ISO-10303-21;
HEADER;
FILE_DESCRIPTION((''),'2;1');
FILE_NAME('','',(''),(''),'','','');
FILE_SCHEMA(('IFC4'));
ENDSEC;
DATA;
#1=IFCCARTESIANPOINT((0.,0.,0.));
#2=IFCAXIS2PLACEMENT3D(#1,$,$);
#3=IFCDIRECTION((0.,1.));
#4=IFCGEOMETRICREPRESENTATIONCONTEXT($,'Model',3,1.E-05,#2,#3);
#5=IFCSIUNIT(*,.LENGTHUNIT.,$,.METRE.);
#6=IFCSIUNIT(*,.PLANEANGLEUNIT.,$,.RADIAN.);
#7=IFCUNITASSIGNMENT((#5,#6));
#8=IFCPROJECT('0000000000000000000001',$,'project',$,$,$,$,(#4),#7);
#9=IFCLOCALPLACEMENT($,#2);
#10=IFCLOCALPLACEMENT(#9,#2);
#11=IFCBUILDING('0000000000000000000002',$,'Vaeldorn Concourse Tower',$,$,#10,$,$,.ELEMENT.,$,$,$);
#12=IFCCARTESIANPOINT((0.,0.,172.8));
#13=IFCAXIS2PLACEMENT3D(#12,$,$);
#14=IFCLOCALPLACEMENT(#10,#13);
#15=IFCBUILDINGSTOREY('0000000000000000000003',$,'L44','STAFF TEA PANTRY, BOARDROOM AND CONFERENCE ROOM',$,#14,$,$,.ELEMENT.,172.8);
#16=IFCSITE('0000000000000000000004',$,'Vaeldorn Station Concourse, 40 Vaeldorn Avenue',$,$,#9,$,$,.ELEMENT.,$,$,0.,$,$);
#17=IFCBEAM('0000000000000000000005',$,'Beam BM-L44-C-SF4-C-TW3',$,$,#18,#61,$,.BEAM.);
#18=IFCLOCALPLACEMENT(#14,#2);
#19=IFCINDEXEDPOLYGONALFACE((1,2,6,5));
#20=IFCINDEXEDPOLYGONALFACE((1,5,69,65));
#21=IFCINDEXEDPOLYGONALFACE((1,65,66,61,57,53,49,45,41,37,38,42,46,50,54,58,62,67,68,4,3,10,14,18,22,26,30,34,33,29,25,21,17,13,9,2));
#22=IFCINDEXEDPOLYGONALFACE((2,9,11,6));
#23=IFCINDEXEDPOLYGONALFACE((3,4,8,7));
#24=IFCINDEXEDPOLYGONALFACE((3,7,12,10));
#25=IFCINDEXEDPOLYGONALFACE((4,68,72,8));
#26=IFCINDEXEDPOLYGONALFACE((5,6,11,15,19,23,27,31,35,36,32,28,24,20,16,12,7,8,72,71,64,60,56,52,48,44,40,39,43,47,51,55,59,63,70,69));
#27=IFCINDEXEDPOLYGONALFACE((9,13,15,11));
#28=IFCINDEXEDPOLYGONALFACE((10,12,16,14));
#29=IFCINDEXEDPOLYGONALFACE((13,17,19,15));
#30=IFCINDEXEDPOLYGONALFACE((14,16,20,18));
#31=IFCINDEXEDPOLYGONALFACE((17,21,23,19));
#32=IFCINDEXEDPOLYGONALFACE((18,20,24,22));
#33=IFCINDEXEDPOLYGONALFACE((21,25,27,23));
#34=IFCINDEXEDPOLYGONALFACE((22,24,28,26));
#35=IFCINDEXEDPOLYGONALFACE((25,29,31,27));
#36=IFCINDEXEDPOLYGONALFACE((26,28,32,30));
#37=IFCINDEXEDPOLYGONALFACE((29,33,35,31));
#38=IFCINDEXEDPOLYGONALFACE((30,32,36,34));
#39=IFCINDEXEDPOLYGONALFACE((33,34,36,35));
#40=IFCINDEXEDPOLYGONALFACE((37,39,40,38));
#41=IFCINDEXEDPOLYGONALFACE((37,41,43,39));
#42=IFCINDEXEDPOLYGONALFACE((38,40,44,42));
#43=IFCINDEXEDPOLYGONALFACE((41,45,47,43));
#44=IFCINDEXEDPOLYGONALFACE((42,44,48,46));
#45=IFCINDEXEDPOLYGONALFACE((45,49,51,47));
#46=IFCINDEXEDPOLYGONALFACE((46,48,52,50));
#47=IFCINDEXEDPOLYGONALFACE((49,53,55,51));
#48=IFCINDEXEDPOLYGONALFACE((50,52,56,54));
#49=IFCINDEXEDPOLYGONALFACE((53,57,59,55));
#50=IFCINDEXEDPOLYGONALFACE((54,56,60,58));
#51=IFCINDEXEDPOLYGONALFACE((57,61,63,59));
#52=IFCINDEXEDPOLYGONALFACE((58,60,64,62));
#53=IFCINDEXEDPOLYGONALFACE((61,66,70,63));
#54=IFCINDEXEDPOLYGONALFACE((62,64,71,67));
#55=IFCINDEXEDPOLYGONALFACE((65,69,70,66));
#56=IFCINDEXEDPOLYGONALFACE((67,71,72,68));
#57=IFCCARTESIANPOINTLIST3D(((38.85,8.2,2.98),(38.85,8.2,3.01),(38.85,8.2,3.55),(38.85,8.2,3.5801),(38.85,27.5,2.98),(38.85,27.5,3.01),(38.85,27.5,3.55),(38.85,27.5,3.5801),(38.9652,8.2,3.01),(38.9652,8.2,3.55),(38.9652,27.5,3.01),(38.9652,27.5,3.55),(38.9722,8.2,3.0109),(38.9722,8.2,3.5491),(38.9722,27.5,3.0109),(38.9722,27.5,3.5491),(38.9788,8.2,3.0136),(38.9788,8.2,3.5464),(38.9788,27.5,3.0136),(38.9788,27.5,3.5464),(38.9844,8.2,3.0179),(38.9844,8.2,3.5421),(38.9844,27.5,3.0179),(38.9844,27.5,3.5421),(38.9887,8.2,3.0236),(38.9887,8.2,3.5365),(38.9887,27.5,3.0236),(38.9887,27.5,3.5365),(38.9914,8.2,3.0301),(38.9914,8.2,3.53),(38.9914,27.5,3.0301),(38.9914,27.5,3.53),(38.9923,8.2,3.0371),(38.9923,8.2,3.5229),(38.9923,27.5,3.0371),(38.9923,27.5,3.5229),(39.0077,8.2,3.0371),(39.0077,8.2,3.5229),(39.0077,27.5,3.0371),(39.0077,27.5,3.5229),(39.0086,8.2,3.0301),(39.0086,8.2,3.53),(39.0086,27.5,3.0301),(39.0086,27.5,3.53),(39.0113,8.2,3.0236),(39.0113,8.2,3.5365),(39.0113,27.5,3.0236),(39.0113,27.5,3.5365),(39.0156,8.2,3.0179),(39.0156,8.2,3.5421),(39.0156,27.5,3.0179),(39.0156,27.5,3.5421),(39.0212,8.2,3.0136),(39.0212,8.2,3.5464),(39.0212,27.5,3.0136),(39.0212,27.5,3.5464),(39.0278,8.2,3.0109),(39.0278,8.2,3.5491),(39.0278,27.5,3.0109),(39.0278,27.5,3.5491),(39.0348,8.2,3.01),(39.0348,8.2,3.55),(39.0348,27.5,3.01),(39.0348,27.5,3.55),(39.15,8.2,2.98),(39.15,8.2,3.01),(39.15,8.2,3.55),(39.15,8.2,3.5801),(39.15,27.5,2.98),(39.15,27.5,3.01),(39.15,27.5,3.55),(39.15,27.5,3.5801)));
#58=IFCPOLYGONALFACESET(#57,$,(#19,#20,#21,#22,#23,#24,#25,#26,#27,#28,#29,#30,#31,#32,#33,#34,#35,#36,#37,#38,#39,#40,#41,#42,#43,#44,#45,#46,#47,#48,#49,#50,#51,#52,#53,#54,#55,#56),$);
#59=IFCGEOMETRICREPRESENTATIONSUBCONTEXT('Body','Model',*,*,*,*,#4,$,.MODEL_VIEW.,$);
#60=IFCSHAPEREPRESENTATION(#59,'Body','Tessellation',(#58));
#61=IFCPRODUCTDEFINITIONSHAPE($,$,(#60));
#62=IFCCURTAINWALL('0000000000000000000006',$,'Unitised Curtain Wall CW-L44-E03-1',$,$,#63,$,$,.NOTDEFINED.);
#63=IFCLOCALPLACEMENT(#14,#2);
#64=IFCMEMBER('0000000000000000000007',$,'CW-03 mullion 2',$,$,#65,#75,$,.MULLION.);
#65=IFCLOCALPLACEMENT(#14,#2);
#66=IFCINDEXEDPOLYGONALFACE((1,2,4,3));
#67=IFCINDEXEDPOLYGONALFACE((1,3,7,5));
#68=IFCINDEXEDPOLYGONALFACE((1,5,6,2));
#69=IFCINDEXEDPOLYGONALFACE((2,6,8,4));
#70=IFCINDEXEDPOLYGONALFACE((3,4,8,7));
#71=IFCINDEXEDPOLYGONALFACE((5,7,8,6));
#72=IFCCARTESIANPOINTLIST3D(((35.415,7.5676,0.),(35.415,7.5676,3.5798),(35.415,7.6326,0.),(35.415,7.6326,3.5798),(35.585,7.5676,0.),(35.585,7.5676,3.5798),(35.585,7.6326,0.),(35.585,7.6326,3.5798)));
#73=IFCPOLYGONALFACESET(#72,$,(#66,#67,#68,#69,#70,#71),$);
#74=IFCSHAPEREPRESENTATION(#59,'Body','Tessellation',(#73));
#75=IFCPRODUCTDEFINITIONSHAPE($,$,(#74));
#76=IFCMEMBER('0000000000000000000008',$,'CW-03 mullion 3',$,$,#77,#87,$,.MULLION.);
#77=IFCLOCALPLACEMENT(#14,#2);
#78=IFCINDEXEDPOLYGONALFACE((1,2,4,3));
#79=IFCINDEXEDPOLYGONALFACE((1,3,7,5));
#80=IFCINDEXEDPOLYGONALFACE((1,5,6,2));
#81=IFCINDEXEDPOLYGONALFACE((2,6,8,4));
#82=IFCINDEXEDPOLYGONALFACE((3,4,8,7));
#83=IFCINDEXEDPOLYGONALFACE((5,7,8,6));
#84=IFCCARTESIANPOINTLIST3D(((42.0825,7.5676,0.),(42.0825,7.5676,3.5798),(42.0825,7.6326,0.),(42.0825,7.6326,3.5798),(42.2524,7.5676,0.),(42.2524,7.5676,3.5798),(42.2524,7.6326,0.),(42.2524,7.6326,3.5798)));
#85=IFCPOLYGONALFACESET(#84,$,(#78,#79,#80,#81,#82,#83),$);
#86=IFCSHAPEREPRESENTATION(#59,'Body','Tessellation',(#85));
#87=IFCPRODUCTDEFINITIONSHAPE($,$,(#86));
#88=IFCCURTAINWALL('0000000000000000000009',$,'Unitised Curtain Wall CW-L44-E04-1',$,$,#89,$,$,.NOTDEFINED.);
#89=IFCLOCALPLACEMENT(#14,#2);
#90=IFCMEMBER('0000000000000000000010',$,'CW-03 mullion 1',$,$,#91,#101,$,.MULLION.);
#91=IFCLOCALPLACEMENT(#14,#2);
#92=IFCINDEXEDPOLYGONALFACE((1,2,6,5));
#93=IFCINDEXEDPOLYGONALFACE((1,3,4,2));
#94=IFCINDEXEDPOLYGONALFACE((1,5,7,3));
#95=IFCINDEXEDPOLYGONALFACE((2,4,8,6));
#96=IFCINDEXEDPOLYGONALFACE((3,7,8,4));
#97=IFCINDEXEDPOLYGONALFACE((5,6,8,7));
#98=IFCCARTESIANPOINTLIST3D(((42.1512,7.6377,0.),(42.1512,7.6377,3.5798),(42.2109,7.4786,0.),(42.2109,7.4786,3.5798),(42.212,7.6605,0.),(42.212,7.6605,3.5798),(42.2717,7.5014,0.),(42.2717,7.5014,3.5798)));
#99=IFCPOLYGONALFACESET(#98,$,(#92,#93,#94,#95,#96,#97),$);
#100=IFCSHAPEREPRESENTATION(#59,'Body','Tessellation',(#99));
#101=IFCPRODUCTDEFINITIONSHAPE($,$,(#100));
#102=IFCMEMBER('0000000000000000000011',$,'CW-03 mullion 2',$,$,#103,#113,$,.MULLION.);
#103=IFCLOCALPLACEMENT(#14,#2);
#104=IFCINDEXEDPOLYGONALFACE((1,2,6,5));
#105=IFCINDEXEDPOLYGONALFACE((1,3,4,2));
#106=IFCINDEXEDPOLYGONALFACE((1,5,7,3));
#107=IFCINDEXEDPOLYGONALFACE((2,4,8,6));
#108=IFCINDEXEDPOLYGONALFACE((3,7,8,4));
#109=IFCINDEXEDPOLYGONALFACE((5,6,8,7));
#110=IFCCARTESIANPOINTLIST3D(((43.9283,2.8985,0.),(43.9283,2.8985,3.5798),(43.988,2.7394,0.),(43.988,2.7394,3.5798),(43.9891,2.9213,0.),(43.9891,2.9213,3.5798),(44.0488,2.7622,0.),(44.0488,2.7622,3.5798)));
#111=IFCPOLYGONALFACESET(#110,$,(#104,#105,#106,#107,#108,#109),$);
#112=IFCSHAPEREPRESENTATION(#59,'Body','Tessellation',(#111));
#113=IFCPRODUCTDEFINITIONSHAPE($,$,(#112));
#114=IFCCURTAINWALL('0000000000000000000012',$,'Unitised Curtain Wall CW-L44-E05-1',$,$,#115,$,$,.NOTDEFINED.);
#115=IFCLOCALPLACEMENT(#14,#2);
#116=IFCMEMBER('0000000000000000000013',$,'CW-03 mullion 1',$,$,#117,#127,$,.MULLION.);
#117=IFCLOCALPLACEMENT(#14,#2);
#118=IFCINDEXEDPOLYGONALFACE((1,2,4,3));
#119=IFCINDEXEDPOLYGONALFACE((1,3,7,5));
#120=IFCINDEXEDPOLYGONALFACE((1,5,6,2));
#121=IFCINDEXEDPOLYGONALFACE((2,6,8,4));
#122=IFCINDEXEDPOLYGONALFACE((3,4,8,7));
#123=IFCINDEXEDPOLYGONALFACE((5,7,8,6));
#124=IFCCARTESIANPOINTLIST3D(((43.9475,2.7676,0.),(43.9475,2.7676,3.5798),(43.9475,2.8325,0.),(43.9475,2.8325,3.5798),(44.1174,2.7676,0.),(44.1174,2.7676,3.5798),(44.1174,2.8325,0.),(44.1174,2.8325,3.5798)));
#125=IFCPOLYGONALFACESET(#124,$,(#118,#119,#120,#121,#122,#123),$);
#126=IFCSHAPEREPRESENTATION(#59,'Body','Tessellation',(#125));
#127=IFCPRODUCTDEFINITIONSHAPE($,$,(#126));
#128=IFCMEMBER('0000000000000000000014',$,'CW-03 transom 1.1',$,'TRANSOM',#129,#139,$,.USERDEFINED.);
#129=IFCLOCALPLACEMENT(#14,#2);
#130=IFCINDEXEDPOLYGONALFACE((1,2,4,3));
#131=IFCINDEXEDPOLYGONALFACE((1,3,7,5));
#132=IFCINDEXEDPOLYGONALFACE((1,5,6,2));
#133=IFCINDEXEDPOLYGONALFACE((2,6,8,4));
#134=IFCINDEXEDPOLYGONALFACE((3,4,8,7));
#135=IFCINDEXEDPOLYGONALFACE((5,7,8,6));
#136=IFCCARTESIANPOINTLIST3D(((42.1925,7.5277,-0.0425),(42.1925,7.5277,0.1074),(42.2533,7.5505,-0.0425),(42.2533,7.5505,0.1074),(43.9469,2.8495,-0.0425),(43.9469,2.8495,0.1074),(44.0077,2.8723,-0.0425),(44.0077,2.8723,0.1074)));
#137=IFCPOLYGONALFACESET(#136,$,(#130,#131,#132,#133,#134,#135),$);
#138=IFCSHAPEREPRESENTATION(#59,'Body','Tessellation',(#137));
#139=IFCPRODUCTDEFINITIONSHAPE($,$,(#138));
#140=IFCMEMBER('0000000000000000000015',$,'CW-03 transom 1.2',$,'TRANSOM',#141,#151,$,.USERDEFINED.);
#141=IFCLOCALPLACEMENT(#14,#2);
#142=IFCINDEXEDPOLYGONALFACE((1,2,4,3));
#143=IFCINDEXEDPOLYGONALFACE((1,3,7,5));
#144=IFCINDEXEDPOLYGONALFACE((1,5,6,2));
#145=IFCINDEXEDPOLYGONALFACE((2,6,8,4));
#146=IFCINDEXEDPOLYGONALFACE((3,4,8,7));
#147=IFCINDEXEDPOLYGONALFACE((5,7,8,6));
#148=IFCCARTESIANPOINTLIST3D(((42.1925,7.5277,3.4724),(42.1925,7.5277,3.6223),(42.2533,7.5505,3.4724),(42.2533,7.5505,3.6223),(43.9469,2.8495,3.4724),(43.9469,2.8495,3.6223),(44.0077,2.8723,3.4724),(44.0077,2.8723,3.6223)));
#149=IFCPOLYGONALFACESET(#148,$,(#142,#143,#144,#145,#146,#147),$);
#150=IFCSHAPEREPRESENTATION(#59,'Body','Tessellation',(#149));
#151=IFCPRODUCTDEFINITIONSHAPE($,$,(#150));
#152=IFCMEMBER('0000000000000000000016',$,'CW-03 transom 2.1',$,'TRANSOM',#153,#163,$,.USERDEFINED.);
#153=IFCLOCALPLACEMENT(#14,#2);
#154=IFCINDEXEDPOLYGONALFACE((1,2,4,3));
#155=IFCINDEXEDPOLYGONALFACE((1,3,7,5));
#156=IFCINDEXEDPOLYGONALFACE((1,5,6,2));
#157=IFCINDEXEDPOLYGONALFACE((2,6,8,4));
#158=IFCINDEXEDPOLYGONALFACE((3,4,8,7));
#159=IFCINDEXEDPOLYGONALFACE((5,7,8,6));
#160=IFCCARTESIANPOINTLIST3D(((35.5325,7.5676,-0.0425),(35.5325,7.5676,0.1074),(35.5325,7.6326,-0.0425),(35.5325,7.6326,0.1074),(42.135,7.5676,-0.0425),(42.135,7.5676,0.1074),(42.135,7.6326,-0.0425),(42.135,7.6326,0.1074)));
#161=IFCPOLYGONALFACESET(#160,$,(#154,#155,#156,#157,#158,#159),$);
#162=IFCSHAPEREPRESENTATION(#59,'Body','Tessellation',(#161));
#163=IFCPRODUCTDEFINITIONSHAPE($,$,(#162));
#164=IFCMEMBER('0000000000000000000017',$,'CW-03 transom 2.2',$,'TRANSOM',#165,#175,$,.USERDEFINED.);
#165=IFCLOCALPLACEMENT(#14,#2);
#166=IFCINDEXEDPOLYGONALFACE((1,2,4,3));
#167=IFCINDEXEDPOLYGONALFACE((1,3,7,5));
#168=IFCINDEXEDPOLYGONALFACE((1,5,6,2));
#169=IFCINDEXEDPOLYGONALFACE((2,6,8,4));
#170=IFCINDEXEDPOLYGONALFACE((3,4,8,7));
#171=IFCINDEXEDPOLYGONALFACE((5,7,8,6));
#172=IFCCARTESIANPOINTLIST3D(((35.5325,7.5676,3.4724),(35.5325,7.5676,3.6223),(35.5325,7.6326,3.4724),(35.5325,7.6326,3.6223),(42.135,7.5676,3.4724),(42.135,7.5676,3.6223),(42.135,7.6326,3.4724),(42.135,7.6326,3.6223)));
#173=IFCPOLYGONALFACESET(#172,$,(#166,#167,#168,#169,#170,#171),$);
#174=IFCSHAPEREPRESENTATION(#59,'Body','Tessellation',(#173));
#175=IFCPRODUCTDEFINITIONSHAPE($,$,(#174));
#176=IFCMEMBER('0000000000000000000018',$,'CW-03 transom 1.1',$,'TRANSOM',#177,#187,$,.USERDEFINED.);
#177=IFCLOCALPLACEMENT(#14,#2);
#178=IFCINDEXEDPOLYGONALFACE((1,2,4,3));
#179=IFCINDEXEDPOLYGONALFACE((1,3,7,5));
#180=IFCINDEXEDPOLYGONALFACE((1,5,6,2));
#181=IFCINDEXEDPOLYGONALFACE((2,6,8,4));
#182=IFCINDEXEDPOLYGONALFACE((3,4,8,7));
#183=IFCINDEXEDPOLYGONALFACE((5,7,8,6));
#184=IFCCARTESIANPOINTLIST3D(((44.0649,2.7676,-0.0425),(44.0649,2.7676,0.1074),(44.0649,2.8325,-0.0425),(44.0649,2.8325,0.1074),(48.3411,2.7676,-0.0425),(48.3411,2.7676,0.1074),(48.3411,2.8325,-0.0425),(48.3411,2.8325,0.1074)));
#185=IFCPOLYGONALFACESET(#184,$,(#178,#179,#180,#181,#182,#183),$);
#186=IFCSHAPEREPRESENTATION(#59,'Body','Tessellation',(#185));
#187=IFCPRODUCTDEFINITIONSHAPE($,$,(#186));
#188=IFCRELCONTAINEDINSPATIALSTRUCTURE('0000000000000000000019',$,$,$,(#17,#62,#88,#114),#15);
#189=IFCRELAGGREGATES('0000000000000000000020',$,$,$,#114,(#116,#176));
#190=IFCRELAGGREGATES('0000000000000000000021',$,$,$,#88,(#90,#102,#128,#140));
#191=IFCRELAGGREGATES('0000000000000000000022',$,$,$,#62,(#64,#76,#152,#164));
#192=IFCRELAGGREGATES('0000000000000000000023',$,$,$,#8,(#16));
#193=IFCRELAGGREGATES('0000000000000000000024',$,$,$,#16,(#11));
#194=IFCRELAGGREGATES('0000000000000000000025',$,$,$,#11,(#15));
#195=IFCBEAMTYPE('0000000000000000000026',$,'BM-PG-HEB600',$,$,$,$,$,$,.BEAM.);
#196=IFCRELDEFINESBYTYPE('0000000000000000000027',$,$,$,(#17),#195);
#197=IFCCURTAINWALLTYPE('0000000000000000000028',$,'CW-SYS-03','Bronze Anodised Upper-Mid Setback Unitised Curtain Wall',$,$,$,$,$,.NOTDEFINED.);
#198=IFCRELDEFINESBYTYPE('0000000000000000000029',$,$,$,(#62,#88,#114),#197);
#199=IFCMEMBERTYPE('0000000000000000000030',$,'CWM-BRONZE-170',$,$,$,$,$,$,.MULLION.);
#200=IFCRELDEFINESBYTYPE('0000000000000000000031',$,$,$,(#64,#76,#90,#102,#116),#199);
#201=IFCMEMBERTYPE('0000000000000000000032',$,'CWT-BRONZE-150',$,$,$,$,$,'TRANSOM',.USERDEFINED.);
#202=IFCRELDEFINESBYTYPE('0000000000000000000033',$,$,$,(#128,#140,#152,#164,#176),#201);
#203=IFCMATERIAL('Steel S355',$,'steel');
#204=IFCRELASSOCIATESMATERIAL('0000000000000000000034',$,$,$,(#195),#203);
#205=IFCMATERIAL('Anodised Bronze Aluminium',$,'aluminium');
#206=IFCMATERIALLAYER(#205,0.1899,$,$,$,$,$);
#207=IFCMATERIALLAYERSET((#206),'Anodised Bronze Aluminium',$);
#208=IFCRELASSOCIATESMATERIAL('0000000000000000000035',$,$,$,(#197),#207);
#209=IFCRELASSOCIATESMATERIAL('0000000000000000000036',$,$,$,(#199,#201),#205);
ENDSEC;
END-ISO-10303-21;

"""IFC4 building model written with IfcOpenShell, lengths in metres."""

from ifc_helpers import new_model, si_unit, direction, frame, origin, origin_2d, place, context, subcontext, project, spatial, rectangle, i_section, extrude, source, transform, mapped, material, layer, layer_set, material_profile, profile_set, type_object, element, aggregate, save


model = new_model("IFC4")

# Units and contexts
model_context = context("Model", 3, precision=1e-05, world=origin(), true_north=direction((0.0, 1.0)))
body_context = subcontext(model_context, "Body", "Model", "MODEL_VIEW")
ifc_project = project(units=[si_unit("LENGTHUNIT", "METRE"), si_unit("PLANEANGLEUNIT", "RADIAN")], contexts=[model_context])

# Site, building, storey
site_placement = place(None, origin())
site = spatial("IfcSite", under=ifc_project, at=site_placement, Name="Vaeldorn Station Concourse, 40 Vaeldorn Avenue", CompositionType="ELEMENT", RefElevation=0.0)
building_placement = place(site_placement, origin())
building = spatial("IfcBuilding", under=site, at=building_placement, Name="Vaeldorn Concourse Tower", CompositionType="ELEMENT")
storey_placement = place(building_placement, frame((0.0, 0.0, 172.8)))
storey = spatial("IfcBuildingStorey", under=building, at=storey_placement, Name="L44", Description="STAFF TEA PANTRY, BOARDROOM AND CONFERENCE ROOM", CompositionType="ELEMENT", Elevation=172.8)

# Shared definitions
ifc_material_1 = material(Name="Steel S355", Category="steel")

# Beam
ifc_material_profile_1 = material_profile(ifc_material_1, i_section(OverallWidth=0.3, OverallDepth=0.6001, WebThickness=0.0154, FlangeThickness=0.03, FilletRadius=0.0271, at=origin_2d()), Name="HEB 600")
ifc_profile_set_1 = profile_set([ifc_material_profile_1], Name="Steel S355")
beam_type_1 = type_object("IfcBeamType", Name="BM-PG-HEB600", PredefinedType="BEAM", material=ifc_profile_set_1)
shared_shape_1 = source(origin(), body_context, "Body", "SweptSolid", [
    extrude(i_section(OverallWidth=0.3, OverallDepth=0.6001, WebThickness=0.0154, FlangeThickness=0.03, FilletRadius=0.0271, at=origin_2d()), origin(), (0.0, 0.0, 1.0), 19.3),
])
beam_1_placement = place(storey_placement, frame((39.0, 8.2, 3.28), z_axis=(0.0, 1.0, 0.0), x_axis=(-1.0, 0.0, 0.0)))
element("IfcBeam", 1, at=beam_1_placement, inside=storey, type_object=beam_type_1, Name="Beam BM-L44-C-SF4-C-TW3", PredefinedType="BEAM", context=body_context, shape_type="MappedRepresentation", body=[
    mapped(shared_shape_1, transform((0.0, 0.0, 0.0), scale=1.0)),
])

# Curtain walls, members
ifc_material_2 = material(Name="Anodised Bronze Aluminium", Category="aluminium")
ifc_layer_1 = layer(ifc_material_2, 0.1899)
ifc_layer_set_1 = layer_set([ifc_layer_1], Name="Anodised Bronze Aluminium")
curtain_wall_type = type_object("IfcCurtainWallType", Name="CW-SYS-03", Description="Bronze Anodised Upper-Mid Setback Unitised Curtain Wall", PredefinedType="NOTDEFINED", material=ifc_layer_set_1)
curtain_wall_1_placement = place(storey_placement, origin())
curtain_wall_1 = element("IfcCurtainWall", 2, at=curtain_wall_1_placement, inside=storey, type_object=curtain_wall_type, Name="Unitised Curtain Wall CW-L44-E03-1", PredefinedType="NOTDEFINED")
ifc_material_profile_2 = material_profile(ifc_material_2, rectangle(XDim=0.0649, YDim=0.1699, at=origin_2d()), Name="CWM 65x170")
ifc_profile_set_2 = profile_set([ifc_material_profile_2], Name="Anodised Bronze Aluminium")
member_type_1 = type_object("IfcMemberType", Name="CWM-BRONZE-170", PredefinedType="MULLION", material=ifc_profile_set_2)
shared_shape_2 = source(origin(), body_context, "Body", "SweptSolid", [
    extrude(rectangle(XDim=0.0649, YDim=0.1699, at=origin_2d()), origin(), (0.0, 0.0, 1.0), 3.5798),
])
member_1_placement = place(storey_placement, frame((35.5, 7.6001, 0.0), z_axis=(0.0, 0.0, 1.0), x_axis=(0.0, 1.0, 0.0)))
member_1 = element("IfcMember", 3, at=member_1_placement, type_object=member_type_1, Name="CW-03 mullion 2", PredefinedType="MULLION", context=body_context, shape_type="MappedRepresentation", body=[
    mapped(shared_shape_2, transform((0.0, 0.0, 0.0), scale=1.0)),
])
member_2_placement = place(storey_placement, frame((42.1675, 7.6001, 0.0), z_axis=(0.0, 0.0, 1.0), x_axis=(0.0, 1.0, 0.0)))
member_2 = element("IfcMember", 4, at=member_2_placement, type_object=member_type_1, Name="CW-03 mullion 3", PredefinedType="MULLION", context=body_context, shape_type="MappedRepresentation", body=[
    mapped(shared_shape_2, transform((0.0, 0.0, 0.0), scale=1.0)),
])
curtain_wall_2_placement = place(storey_placement, origin())
curtain_wall_2 = element("IfcCurtainWall", 5, at=curtain_wall_2_placement, inside=storey, type_object=curtain_wall_type, Name="Unitised Curtain Wall CW-L44-E04-1", PredefinedType="NOTDEFINED")
member_3_placement = place(storey_placement, frame((42.2114, 7.5696, 0.0), z_axis=(0.0, 0.0, 1.0), x_axis=(0.936329, 0.351123, 0.0)))
member_3 = element("IfcMember", 6, at=member_3_placement, type_object=member_type_1, Name="CW-03 mullion 1", PredefinedType="MULLION", context=body_context, shape_type="MappedRepresentation", body=[
    mapped(shared_shape_2, transform((0.0, 0.0, 0.0), scale=1.0)),
])
member_4_placement = place(storey_placement, frame((43.9885, 2.8303, 0.0), z_axis=(0.0, 0.0, 1.0), x_axis=(0.936329, 0.351123, 0.0)))
member_4 = element("IfcMember", 7, at=member_4_placement, type_object=member_type_1, Name="CW-03 mullion 2", PredefinedType="MULLION", context=body_context, shape_type="MappedRepresentation", body=[
    mapped(shared_shape_2, transform((0.0, 0.0, 0.0), scale=1.0)),
])

# Curtain wall, member
curtain_wall_3_placement = place(storey_placement, origin())
curtain_wall_3 = element("IfcCurtainWall", 8, at=curtain_wall_3_placement, inside=storey, type_object=curtain_wall_type, Name="Unitised Curtain Wall CW-L44-E05-1", PredefinedType="NOTDEFINED")
member_5_placement = place(storey_placement, frame((44.0325, 2.8, 0.0), z_axis=(0.0, 0.0, 1.0), x_axis=(0.0, 1.0, 0.0)))
member_5 = element("IfcMember", 9, at=member_5_placement, type_object=member_type_1, Name="CW-03 mullion 1", PredefinedType="MULLION", context=body_context, shape_type="MappedRepresentation", body=[
    mapped(shared_shape_2, transform((0.0, 0.0, 0.0), scale=1.0)),
])

# Members
ifc_material_profile_3 = material_profile(ifc_material_2, rectangle(XDim=0.0649, YDim=0.1499, at=origin_2d()), Name="CWT 65x150")
ifc_profile_set_3 = profile_set([ifc_material_profile_3], Name="Anodised Bronze Aluminium")
member_type_2 = type_object("IfcMemberType", Name="CWT-BRONZE-150", ElementType="TRANSOM", PredefinedType="USERDEFINED", material=ifc_profile_set_3)
shared_shape_3 = source(origin(), body_context, "Body", "SweptSolid", [
    extrude(rectangle(XDim=0.0649, YDim=0.1499, at=origin_2d()), origin(), (0.0, 0.0, 1.0), 4.9963),
])
member_6_placement = place(storey_placement, frame((42.2229, 7.5391, 0.0325), z_axis=(0.351134, -0.936325, 0.0), x_axis=(0.936325, 0.351134, 0.0)))
member_6 = element("IfcMember", 10, at=member_6_placement, type_object=member_type_2, Name="CW-03 transom 1.1", ObjectType="TRANSOM", PredefinedType="USERDEFINED", context=body_context, shape_type="MappedRepresentation", body=[
    mapped(shared_shape_3, transform((0.0, 0.0, 0.0), scale=1.0)),
])
member_7_placement = place(storey_placement, frame((42.2229, 7.5391, 3.5474), z_axis=(0.351134, -0.936325, 0.0), x_axis=(0.936325, 0.351134, 0.0)))
member_7 = element("IfcMember", 11, at=member_7_placement, type_object=member_type_2, Name="CW-03 transom 1.2", ObjectType="TRANSOM", PredefinedType="USERDEFINED", context=body_context, shape_type="MappedRepresentation", body=[
    mapped(shared_shape_3, transform((0.0, 0.0, 0.0), scale=1.0)),
])
shared_shape_4 = source(origin(), body_context, "Body", "SweptSolid", [
    extrude(rectangle(XDim=0.0649, YDim=0.1499, at=origin_2d()), origin(), (0.0, 0.0, 1.0), 6.6025),
])
member_8_placement = place(storey_placement, frame((35.5325, 7.6001, 0.0325), z_axis=(1.0, 0.0, 0.0), x_axis=(0.0, 1.0, 0.0)))
member_8 = element("IfcMember", 12, at=member_8_placement, type_object=member_type_2, Name="CW-03 transom 2.1", ObjectType="TRANSOM", PredefinedType="USERDEFINED", context=body_context, shape_type="MappedRepresentation", body=[
    mapped(shared_shape_4, transform((0.0, 0.0, 0.0), scale=1.0)),
])
member_9_placement = place(storey_placement, frame((35.5325, 7.6001, 3.5474), z_axis=(1.0, 0.0, 0.0), x_axis=(0.0, 1.0, 0.0)))
member_9 = element("IfcMember", 13, at=member_9_placement, type_object=member_type_2, Name="CW-03 transom 2.2", ObjectType="TRANSOM", PredefinedType="USERDEFINED", context=body_context, shape_type="MappedRepresentation", body=[
    mapped(shared_shape_4, transform((0.0, 0.0, 0.0), scale=1.0)),
])
shared_shape_5 = source(origin(), body_context, "Body", "SweptSolid", [
    extrude(rectangle(XDim=0.0649, YDim=0.1499, at=origin_2d()), origin(), (0.0, 0.0, 1.0), 4.2761),
])
member_10_placement = place(storey_placement, frame((44.0649, 2.8, 0.0325), z_axis=(1.0, 0.0, 0.0), x_axis=(0.0, 1.0, 0.0)))
member_10 = element("IfcMember", 14, at=member_10_placement, type_object=member_type_2, Name="CW-03 transom 1.1", ObjectType="TRANSOM", PredefinedType="USERDEFINED", context=body_context, shape_type="MappedRepresentation", body=[
    mapped(shared_shape_5, transform((0.0, 0.0, 0.0), scale=1.0)),
])
aggregate(curtain_wall_3, [member_5, member_10])

aggregate(curtain_wall_2, [member_3, member_4, member_6, member_7])
aggregate(curtain_wall_1, [member_1, member_2, member_8, member_9])

save(model, "model.ifc")
